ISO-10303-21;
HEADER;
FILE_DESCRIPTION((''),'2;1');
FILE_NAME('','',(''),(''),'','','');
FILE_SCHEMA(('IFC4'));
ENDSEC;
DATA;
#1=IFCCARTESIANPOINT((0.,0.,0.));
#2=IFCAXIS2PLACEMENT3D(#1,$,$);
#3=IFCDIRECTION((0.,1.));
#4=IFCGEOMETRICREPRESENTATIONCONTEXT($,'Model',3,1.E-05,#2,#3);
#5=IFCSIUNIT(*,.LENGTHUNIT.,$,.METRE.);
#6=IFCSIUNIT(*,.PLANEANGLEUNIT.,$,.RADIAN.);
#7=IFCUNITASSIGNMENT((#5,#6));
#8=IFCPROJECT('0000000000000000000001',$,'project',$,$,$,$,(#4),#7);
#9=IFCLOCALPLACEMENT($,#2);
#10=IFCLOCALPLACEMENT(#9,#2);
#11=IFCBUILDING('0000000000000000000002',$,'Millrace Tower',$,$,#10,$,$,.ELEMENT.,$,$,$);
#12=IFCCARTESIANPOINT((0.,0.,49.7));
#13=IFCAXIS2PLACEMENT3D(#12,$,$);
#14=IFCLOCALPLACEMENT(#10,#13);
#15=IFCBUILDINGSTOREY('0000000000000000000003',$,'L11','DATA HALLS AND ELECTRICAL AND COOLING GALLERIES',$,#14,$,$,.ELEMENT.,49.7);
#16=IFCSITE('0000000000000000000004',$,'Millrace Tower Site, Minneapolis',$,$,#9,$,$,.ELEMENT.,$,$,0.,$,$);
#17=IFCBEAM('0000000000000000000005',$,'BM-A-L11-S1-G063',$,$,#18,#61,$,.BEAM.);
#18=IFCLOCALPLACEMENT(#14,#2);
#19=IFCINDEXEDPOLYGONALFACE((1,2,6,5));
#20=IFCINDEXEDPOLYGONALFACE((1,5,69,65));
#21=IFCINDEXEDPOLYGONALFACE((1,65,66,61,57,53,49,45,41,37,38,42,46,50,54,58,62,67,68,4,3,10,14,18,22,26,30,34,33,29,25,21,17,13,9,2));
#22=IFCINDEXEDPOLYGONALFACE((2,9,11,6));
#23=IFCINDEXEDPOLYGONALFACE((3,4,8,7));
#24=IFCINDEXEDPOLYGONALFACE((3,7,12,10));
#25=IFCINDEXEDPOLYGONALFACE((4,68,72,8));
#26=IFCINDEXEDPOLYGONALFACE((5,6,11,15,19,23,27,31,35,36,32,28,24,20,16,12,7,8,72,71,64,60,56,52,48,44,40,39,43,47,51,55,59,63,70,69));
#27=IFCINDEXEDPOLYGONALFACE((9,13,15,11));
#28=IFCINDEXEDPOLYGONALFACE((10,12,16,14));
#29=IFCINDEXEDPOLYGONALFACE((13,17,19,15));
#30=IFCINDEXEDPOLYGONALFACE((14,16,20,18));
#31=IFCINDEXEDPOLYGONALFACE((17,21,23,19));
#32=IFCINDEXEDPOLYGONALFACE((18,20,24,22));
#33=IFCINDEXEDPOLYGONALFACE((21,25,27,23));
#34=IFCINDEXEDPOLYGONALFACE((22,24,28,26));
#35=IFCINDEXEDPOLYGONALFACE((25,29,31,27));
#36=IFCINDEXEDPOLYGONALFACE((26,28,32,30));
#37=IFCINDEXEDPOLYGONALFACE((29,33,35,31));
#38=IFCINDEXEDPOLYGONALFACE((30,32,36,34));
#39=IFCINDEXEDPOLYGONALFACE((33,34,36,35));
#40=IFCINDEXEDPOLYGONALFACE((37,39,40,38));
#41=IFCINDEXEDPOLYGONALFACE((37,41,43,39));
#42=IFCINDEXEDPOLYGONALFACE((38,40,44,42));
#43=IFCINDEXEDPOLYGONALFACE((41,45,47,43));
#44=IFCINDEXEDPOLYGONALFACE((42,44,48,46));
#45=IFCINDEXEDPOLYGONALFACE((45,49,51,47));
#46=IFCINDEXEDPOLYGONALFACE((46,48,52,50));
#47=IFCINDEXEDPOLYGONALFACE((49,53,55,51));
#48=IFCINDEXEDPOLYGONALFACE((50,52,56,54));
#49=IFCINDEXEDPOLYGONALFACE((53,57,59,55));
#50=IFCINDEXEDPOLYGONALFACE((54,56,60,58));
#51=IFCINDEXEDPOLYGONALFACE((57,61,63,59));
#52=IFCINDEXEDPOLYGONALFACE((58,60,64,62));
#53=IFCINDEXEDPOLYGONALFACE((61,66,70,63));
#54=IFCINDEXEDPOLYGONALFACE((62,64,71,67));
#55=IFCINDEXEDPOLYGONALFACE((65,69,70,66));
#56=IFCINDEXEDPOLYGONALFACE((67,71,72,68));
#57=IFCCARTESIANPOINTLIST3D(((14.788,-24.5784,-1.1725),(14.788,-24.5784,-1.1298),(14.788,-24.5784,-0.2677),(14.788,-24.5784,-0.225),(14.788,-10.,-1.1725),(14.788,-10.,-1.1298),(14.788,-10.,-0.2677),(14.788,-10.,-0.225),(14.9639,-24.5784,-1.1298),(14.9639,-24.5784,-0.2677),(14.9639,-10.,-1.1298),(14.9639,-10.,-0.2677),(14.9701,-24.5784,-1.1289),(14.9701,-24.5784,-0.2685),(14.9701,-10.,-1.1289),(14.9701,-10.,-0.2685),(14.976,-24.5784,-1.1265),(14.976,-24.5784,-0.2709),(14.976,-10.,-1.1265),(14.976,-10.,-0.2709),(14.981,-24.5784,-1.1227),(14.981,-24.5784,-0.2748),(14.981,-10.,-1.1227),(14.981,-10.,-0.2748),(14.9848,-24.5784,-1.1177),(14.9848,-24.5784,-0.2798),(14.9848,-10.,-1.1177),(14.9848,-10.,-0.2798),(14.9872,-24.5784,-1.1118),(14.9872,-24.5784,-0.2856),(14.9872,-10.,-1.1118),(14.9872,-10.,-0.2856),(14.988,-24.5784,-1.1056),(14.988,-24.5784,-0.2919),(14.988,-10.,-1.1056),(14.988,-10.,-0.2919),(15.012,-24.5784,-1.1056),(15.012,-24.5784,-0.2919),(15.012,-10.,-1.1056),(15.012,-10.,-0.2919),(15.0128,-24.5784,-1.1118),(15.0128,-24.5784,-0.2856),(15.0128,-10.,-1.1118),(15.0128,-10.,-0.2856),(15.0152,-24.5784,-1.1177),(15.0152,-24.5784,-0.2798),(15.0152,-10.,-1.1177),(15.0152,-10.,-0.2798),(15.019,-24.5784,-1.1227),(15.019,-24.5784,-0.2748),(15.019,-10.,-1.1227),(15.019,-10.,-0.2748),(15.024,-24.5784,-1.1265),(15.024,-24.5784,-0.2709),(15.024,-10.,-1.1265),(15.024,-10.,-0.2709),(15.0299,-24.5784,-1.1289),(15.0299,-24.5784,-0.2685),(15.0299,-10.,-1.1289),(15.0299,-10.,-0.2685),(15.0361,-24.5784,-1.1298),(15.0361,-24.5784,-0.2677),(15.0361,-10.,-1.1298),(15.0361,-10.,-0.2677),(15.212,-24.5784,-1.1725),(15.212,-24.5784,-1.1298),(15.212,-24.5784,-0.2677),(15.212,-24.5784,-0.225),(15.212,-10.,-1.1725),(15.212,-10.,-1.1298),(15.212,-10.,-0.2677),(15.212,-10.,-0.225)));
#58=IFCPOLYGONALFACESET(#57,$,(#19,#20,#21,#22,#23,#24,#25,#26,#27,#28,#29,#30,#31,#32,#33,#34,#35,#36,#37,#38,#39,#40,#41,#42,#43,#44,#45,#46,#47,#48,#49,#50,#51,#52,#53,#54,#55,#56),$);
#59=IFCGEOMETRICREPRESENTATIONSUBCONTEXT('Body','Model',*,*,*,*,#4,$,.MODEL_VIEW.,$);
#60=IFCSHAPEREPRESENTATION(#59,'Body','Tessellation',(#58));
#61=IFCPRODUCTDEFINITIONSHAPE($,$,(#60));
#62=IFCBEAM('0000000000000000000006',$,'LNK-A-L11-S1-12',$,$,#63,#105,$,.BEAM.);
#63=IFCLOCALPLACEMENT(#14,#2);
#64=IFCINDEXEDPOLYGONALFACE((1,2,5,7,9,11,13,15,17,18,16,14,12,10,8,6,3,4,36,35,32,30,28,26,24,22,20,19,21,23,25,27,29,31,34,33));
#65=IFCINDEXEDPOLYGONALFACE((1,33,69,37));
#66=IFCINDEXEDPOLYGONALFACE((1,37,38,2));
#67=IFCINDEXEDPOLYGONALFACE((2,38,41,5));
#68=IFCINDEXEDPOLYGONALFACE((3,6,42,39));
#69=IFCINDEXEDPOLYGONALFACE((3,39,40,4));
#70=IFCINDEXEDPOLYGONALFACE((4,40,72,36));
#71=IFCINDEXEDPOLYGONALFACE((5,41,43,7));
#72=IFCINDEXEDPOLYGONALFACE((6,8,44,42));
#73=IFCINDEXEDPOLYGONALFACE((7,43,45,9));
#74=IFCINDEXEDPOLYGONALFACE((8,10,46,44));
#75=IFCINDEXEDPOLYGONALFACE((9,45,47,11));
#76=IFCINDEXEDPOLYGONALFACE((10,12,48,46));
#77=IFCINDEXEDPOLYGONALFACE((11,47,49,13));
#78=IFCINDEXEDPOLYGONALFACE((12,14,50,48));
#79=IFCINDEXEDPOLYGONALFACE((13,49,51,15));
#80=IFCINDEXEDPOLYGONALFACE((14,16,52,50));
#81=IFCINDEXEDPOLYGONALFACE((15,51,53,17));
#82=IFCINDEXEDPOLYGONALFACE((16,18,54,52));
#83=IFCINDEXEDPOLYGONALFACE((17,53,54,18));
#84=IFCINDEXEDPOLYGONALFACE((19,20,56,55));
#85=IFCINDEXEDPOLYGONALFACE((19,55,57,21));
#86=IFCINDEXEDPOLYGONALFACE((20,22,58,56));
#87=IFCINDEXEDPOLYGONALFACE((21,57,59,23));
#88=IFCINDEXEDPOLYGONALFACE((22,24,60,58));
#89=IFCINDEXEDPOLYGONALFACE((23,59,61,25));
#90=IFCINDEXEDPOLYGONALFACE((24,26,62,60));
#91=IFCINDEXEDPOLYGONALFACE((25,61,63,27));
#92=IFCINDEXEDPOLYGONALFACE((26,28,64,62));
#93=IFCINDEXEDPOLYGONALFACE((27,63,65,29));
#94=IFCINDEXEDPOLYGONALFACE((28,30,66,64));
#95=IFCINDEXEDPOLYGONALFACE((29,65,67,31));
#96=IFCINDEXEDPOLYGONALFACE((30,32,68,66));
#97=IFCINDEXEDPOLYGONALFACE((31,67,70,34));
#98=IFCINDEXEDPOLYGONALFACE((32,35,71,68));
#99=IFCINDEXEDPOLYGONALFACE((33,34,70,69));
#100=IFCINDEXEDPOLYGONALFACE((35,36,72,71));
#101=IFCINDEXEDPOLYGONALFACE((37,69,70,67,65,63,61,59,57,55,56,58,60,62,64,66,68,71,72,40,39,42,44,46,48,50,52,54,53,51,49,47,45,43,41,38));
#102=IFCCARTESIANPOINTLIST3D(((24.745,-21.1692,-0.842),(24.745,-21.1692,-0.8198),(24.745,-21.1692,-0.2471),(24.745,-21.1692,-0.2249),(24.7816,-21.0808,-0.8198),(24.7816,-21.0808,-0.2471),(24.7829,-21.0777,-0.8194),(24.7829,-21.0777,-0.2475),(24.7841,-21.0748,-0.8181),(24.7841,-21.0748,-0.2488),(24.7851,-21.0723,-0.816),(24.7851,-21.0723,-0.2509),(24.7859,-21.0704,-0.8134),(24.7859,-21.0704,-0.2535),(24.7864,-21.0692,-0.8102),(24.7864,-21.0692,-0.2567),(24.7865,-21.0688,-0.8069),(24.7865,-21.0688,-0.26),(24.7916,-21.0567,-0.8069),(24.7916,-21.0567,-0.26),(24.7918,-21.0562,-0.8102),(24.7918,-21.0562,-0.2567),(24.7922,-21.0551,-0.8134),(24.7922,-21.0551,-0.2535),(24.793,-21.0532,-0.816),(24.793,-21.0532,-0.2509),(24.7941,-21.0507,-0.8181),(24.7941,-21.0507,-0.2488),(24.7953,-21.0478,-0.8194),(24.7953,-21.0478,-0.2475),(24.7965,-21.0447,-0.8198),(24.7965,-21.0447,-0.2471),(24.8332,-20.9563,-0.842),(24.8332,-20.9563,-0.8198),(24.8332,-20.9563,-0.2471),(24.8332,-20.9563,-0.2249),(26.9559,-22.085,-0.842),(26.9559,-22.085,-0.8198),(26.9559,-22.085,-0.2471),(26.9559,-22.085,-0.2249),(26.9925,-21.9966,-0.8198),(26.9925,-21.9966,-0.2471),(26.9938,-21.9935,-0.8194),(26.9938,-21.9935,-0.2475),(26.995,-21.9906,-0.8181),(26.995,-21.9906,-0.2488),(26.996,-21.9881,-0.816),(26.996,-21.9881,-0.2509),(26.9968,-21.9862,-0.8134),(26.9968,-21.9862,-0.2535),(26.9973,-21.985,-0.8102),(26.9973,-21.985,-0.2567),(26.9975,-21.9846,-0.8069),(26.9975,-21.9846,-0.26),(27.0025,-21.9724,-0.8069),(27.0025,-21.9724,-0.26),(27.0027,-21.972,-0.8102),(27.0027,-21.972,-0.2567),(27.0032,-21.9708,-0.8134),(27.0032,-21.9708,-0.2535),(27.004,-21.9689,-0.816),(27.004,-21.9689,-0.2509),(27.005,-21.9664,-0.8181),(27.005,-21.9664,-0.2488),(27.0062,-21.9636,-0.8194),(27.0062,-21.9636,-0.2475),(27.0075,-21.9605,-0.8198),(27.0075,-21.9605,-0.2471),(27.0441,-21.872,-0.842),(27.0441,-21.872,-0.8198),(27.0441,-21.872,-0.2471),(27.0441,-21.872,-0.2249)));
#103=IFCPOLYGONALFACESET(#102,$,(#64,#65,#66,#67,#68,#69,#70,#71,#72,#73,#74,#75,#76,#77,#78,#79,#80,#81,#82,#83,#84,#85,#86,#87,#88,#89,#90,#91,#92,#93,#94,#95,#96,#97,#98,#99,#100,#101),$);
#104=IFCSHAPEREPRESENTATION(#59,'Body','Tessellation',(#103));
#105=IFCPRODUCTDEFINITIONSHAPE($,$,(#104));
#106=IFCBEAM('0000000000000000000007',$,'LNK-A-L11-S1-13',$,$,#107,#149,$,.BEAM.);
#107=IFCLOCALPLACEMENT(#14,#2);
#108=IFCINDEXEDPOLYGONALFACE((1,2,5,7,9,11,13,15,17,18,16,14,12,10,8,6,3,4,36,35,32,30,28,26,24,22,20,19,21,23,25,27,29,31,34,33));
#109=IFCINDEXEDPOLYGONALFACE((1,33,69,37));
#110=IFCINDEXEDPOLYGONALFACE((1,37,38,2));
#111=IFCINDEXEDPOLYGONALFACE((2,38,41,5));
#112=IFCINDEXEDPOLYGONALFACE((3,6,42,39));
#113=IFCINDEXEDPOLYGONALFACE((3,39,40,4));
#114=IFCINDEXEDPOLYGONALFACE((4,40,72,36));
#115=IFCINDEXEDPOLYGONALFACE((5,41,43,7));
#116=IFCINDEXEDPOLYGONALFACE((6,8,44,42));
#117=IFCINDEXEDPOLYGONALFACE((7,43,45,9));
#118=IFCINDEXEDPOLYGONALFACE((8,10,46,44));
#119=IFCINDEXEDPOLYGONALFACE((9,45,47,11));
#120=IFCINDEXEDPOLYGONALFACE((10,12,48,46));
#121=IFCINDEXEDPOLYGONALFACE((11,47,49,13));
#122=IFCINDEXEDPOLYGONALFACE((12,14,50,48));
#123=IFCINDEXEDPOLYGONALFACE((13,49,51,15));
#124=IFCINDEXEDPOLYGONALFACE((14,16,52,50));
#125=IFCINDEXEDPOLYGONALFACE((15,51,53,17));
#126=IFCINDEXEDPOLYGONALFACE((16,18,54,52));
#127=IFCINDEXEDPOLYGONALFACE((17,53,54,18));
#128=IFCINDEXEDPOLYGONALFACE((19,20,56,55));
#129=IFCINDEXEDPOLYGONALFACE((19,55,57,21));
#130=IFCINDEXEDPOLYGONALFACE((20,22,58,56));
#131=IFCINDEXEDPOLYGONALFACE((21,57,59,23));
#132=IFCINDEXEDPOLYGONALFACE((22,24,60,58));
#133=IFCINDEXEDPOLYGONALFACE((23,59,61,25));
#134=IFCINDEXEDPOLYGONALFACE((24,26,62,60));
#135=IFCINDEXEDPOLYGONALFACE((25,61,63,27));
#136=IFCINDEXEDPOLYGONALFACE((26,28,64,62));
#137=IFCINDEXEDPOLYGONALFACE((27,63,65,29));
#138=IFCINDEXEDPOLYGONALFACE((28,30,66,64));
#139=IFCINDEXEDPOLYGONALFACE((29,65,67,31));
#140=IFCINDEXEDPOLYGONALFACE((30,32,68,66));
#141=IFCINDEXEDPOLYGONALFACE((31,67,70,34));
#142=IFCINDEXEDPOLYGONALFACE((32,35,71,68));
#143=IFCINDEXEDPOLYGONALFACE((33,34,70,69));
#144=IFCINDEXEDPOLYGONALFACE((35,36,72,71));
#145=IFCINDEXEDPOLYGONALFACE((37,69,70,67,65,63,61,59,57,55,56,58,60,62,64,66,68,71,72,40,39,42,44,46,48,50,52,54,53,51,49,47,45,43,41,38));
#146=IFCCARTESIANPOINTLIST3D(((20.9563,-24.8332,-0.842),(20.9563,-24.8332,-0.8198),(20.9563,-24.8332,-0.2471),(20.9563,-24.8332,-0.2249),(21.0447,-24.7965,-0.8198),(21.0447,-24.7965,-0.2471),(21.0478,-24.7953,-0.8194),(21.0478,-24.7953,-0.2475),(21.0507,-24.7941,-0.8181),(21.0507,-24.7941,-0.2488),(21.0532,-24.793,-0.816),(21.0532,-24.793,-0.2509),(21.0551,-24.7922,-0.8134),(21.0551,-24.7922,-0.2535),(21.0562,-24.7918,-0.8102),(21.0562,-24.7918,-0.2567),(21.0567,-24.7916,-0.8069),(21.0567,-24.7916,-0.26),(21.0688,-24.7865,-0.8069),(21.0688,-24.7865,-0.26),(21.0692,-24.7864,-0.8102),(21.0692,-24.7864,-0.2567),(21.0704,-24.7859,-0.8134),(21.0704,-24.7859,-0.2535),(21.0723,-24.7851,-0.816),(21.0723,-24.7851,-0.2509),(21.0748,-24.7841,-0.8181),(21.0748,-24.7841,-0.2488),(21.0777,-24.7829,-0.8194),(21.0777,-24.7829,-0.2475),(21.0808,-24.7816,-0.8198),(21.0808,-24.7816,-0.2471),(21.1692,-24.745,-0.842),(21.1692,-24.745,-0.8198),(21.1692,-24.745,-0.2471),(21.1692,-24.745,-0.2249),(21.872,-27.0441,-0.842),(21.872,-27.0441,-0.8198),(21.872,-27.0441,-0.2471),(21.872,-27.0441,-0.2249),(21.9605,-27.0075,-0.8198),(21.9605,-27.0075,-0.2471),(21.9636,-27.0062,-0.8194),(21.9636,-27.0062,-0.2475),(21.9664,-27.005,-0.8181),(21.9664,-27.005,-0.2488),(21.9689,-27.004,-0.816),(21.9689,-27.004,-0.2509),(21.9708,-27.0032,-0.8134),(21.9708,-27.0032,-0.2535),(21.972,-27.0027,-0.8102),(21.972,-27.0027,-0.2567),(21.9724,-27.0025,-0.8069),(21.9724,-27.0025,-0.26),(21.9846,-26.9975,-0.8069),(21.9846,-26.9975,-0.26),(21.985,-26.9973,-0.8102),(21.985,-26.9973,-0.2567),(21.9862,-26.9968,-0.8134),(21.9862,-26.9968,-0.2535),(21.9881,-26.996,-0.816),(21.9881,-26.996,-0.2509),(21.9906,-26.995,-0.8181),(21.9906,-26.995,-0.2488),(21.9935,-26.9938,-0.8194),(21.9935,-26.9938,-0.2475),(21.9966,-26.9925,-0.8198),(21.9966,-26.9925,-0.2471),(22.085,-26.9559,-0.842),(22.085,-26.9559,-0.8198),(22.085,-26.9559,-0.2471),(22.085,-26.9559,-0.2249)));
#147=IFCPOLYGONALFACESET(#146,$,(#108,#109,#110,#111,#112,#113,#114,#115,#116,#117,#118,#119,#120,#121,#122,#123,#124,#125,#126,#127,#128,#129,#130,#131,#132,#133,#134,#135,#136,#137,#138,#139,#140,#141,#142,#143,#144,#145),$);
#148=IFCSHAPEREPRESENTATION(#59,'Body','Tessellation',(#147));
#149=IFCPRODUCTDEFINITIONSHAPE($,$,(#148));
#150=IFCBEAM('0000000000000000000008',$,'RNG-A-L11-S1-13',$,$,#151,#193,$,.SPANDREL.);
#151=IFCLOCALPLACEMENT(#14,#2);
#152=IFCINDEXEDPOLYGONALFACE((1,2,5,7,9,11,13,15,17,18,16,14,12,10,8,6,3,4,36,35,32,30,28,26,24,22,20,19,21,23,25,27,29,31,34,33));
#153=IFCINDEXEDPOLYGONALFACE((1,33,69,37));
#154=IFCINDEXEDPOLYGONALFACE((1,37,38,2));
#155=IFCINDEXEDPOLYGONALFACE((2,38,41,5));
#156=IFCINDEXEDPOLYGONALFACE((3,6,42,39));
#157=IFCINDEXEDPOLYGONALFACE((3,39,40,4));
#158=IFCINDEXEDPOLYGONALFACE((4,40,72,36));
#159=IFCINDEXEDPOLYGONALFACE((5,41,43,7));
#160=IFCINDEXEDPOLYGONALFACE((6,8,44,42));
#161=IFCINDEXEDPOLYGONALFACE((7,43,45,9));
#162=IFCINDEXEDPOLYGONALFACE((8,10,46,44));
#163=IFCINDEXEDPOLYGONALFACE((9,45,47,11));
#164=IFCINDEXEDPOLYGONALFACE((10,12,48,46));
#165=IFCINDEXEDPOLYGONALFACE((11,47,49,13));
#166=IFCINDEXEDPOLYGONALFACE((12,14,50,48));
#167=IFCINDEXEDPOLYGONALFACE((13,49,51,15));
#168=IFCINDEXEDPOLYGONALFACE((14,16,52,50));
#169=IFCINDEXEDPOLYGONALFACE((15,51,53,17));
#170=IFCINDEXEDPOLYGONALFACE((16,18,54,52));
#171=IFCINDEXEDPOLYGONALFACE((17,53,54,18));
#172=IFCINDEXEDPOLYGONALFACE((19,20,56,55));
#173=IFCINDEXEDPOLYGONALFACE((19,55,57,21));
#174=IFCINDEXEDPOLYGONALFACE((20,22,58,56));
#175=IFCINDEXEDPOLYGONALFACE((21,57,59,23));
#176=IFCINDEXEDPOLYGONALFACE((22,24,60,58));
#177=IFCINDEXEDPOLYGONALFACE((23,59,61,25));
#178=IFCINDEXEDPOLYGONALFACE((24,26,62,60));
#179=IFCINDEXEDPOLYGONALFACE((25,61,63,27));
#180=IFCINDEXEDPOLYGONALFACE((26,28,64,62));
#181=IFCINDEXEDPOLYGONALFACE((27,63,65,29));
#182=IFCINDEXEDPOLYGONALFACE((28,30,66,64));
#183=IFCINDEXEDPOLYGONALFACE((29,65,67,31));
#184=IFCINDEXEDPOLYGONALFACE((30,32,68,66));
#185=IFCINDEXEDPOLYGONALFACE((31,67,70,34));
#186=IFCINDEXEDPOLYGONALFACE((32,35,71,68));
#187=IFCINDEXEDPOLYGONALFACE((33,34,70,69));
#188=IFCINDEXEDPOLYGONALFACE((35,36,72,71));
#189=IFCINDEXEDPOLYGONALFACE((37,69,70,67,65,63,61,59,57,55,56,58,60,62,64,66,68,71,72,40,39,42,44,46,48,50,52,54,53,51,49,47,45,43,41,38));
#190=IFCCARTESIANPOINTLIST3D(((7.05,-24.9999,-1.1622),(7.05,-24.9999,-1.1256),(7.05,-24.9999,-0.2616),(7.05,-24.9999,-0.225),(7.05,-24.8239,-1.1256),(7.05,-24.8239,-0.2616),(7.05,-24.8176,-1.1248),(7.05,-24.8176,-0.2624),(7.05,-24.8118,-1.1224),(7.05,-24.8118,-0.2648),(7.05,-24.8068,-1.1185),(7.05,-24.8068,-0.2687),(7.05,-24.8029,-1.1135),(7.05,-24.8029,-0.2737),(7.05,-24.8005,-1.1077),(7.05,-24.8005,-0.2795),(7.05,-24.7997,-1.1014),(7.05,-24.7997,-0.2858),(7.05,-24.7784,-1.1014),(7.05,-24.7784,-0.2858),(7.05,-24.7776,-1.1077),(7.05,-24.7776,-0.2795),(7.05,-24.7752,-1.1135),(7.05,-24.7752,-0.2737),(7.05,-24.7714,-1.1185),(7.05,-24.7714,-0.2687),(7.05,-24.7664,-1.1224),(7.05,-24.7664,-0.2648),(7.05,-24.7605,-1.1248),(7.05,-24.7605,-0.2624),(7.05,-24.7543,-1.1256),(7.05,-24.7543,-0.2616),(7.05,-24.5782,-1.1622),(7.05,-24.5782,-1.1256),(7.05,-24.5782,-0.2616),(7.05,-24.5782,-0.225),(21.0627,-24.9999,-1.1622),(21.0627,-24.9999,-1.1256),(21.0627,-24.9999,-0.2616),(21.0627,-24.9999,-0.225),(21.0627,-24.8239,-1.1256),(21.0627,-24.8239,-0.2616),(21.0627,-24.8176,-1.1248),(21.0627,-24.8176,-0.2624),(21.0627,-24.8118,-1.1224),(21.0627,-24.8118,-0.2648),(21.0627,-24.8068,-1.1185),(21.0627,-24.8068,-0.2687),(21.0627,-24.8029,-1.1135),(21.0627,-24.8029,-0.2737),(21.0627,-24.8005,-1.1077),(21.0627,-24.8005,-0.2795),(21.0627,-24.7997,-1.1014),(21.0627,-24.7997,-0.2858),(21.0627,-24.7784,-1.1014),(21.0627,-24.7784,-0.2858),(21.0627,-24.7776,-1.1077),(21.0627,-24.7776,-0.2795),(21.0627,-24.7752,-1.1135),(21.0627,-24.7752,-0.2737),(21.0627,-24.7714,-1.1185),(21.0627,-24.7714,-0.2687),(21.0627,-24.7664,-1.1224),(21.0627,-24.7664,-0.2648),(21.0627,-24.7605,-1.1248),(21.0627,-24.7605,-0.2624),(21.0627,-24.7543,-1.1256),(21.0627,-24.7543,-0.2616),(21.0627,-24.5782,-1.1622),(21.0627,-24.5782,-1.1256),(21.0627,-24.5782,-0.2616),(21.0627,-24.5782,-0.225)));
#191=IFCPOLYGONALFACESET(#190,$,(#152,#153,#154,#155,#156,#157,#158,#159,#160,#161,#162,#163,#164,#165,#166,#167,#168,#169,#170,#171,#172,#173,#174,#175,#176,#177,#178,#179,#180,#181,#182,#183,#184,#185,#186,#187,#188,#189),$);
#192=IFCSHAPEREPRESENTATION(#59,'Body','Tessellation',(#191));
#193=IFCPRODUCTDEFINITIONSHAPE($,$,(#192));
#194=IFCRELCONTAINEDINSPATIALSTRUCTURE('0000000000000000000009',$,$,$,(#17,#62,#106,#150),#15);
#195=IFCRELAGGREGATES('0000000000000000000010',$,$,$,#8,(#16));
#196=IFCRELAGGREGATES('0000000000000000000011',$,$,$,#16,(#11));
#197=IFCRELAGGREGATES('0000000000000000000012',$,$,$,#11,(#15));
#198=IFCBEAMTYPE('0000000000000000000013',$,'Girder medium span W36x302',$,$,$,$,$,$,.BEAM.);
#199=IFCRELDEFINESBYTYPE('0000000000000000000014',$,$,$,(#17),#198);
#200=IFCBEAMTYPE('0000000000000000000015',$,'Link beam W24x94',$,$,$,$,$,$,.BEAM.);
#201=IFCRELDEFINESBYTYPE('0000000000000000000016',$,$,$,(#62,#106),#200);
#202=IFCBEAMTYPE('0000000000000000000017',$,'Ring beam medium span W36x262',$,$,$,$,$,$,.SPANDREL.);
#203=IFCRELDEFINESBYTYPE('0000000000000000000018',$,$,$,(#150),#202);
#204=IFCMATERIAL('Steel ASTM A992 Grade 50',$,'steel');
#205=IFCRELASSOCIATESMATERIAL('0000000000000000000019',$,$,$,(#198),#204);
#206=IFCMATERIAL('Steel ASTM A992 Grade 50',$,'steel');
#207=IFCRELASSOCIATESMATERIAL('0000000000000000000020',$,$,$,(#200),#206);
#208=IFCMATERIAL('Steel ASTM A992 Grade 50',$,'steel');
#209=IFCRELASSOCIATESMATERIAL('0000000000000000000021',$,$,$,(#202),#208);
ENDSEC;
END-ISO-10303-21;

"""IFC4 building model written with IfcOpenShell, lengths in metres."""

from ifc_helpers import new_model, si_unit, direction, frame, origin, origin_2d, place, context, subcontext, project, spatial, i_section, extrude, material, material_profile, profile_set, type_object, element, save


model = new_model("IFC4")

# Units and contexts
model_context = context("Model", 3, precision=1e-05, world=origin(), true_north=direction((0.0, 1.0)))
body_context = subcontext(model_context, "Body", "Model", "MODEL_VIEW")
ifc_project = project(units=[si_unit("LENGTHUNIT", "METRE"), si_unit("PLANEANGLEUNIT", "RADIAN")], contexts=[model_context])

# Site, building, storey
site_placement = place(None, origin())
site = spatial("IfcSite", under=ifc_project, at=site_placement, Name="Millrace Tower Site, Minneapolis", CompositionType="ELEMENT", RefElevation=0.0)
building_placement = place(site_placement, origin())
building = spatial("IfcBuilding", under=site, at=building_placement, Name="Millrace Tower", CompositionType="ELEMENT")
storey_placement = place(building_placement, frame((0.0, 0.0, 49.7)))
storey = spatial("IfcBuildingStorey", under=building, at=storey_placement, Name="L11", Description="DATA HALLS AND ELECTRICAL AND COOLING GALLERIES", CompositionType="ELEMENT", Elevation=49.7)

# Beams
ifc_material_1 = material(Name="Steel ASTM A992 Grade 50", Category="steel")
ifc_material_profile_1 = material_profile(ifc_material_1, i_section(OverallWidth=0.4241, OverallDepth=0.9475, WebThickness=0.0239, FlangeThickness=0.0427, FilletRadius=0.0242, at=origin_2d()))
ifc_profile_set_1 = profile_set([ifc_material_profile_1], Name="Steel ASTM A992 Grade 50")
beam_type_1 = type_object("IfcBeamType", Name="Girder medium span W36x302", PredefinedType="BEAM", material=ifc_profile_set_1)
beam_1_placement = place(storey_placement, frame((15.0, -24.5784, -0.6987), z_axis=(0.0, 1.0, 0.0), x_axis=(-1.0, 0.0, 0.0)))
element("IfcBeam", 1, at=beam_1_placement, inside=storey, type_object=beam_type_1, Name="BM-A-L11-S1-G063", PredefinedType="BEAM", context=body_context, shape_type="SweptSolid", body=[
    extrude(i_section(OverallWidth=0.4241, OverallDepth=0.9475, WebThickness=0.0239, FlangeThickness=0.0427, FilletRadius=0.0242, at=origin_2d()), origin(), (0.0, 0.0, 1.0), 14.5784),
])
ifc_material_2 = material(Name="Steel ASTM A992 Grade 50", Category="steel")
ifc_material_profile_2 = material_profile(ifc_material_2, i_section(OverallWidth=0.2305, OverallDepth=0.6172, WebThickness=0.0132, FlangeThickness=0.0222, FilletRadius=0.0129, at=origin_2d()))
ifc_profile_set_2 = profile_set([ifc_material_profile_2], Name="Steel ASTM A992 Grade 50")
beam_type_2 = type_object("IfcBeamType", Name="Link beam W24x94", PredefinedType="BEAM", material=ifc_profile_set_2)
for number, where, z_axis, x_axis, name in (
    (2, (24.7891, -21.0627, -0.5334), (0.923884, -0.382673, 0.0), (0.382673, 0.923884, 0.0), "LNK-A-L11-S1-12"),
    (3, (21.0627, -24.7891, -0.5334), (0.382673, -0.923884, 0.0), (0.923884, 0.382673, 0.0), "LNK-A-L11-S1-13"),
):
    element("IfcBeam", number, at=place(storey_placement, frame(where, z_axis=z_axis, x_axis=x_axis)), inside=storey, type_object=beam_type_2, Name=name, PredefinedType="BEAM", context=body_context, shape_type="SweptSolid", body=[
        extrude(i_section(OverallWidth=0.2305, OverallDepth=0.6172, WebThickness=0.0132, FlangeThickness=0.0222, FilletRadius=0.0129, at=origin_2d()), origin(), (0.0, 0.0, 1.0), 2.3931),
    ])
ifc_material_3 = material(Name="Steel ASTM A992 Grade 50", Category="steel")
ifc_material_profile_3 = material_profile(ifc_material_3, i_section(OverallWidth=0.4216, OverallDepth=0.9373, WebThickness=0.0212, FlangeThickness=0.0366, FilletRadius=0.0242, at=origin_2d()))
ifc_profile_set_3 = profile_set([ifc_material_profile_3], Name="Steel ASTM A992 Grade 50")
beam_type_3 = type_object("IfcBeamType", Name="Ring beam medium span W36x262", PredefinedType="SPANDREL", material=ifc_profile_set_3)
beam_2_placement = place(storey_placement, frame((21.0627, -24.7891, -0.6936), z_axis=(-1.0, 0.0, 0.0), x_axis=(0.0, -1.0, 0.0)))
element("IfcBeam", 4, at=beam_2_placement, inside=storey, type_object=beam_type_3, Name="RNG-A-L11-S1-13", PredefinedType="SPANDREL", context=body_context, shape_type="SweptSolid", body=[
    extrude(i_section(OverallWidth=0.4216, OverallDepth=0.9373, WebThickness=0.0212, FlangeThickness=0.0366, FilletRadius=0.0242, at=origin_2d()), origin(), (0.0, 0.0, 1.0), 14.0127),
])

save(model, "model.ifc")
